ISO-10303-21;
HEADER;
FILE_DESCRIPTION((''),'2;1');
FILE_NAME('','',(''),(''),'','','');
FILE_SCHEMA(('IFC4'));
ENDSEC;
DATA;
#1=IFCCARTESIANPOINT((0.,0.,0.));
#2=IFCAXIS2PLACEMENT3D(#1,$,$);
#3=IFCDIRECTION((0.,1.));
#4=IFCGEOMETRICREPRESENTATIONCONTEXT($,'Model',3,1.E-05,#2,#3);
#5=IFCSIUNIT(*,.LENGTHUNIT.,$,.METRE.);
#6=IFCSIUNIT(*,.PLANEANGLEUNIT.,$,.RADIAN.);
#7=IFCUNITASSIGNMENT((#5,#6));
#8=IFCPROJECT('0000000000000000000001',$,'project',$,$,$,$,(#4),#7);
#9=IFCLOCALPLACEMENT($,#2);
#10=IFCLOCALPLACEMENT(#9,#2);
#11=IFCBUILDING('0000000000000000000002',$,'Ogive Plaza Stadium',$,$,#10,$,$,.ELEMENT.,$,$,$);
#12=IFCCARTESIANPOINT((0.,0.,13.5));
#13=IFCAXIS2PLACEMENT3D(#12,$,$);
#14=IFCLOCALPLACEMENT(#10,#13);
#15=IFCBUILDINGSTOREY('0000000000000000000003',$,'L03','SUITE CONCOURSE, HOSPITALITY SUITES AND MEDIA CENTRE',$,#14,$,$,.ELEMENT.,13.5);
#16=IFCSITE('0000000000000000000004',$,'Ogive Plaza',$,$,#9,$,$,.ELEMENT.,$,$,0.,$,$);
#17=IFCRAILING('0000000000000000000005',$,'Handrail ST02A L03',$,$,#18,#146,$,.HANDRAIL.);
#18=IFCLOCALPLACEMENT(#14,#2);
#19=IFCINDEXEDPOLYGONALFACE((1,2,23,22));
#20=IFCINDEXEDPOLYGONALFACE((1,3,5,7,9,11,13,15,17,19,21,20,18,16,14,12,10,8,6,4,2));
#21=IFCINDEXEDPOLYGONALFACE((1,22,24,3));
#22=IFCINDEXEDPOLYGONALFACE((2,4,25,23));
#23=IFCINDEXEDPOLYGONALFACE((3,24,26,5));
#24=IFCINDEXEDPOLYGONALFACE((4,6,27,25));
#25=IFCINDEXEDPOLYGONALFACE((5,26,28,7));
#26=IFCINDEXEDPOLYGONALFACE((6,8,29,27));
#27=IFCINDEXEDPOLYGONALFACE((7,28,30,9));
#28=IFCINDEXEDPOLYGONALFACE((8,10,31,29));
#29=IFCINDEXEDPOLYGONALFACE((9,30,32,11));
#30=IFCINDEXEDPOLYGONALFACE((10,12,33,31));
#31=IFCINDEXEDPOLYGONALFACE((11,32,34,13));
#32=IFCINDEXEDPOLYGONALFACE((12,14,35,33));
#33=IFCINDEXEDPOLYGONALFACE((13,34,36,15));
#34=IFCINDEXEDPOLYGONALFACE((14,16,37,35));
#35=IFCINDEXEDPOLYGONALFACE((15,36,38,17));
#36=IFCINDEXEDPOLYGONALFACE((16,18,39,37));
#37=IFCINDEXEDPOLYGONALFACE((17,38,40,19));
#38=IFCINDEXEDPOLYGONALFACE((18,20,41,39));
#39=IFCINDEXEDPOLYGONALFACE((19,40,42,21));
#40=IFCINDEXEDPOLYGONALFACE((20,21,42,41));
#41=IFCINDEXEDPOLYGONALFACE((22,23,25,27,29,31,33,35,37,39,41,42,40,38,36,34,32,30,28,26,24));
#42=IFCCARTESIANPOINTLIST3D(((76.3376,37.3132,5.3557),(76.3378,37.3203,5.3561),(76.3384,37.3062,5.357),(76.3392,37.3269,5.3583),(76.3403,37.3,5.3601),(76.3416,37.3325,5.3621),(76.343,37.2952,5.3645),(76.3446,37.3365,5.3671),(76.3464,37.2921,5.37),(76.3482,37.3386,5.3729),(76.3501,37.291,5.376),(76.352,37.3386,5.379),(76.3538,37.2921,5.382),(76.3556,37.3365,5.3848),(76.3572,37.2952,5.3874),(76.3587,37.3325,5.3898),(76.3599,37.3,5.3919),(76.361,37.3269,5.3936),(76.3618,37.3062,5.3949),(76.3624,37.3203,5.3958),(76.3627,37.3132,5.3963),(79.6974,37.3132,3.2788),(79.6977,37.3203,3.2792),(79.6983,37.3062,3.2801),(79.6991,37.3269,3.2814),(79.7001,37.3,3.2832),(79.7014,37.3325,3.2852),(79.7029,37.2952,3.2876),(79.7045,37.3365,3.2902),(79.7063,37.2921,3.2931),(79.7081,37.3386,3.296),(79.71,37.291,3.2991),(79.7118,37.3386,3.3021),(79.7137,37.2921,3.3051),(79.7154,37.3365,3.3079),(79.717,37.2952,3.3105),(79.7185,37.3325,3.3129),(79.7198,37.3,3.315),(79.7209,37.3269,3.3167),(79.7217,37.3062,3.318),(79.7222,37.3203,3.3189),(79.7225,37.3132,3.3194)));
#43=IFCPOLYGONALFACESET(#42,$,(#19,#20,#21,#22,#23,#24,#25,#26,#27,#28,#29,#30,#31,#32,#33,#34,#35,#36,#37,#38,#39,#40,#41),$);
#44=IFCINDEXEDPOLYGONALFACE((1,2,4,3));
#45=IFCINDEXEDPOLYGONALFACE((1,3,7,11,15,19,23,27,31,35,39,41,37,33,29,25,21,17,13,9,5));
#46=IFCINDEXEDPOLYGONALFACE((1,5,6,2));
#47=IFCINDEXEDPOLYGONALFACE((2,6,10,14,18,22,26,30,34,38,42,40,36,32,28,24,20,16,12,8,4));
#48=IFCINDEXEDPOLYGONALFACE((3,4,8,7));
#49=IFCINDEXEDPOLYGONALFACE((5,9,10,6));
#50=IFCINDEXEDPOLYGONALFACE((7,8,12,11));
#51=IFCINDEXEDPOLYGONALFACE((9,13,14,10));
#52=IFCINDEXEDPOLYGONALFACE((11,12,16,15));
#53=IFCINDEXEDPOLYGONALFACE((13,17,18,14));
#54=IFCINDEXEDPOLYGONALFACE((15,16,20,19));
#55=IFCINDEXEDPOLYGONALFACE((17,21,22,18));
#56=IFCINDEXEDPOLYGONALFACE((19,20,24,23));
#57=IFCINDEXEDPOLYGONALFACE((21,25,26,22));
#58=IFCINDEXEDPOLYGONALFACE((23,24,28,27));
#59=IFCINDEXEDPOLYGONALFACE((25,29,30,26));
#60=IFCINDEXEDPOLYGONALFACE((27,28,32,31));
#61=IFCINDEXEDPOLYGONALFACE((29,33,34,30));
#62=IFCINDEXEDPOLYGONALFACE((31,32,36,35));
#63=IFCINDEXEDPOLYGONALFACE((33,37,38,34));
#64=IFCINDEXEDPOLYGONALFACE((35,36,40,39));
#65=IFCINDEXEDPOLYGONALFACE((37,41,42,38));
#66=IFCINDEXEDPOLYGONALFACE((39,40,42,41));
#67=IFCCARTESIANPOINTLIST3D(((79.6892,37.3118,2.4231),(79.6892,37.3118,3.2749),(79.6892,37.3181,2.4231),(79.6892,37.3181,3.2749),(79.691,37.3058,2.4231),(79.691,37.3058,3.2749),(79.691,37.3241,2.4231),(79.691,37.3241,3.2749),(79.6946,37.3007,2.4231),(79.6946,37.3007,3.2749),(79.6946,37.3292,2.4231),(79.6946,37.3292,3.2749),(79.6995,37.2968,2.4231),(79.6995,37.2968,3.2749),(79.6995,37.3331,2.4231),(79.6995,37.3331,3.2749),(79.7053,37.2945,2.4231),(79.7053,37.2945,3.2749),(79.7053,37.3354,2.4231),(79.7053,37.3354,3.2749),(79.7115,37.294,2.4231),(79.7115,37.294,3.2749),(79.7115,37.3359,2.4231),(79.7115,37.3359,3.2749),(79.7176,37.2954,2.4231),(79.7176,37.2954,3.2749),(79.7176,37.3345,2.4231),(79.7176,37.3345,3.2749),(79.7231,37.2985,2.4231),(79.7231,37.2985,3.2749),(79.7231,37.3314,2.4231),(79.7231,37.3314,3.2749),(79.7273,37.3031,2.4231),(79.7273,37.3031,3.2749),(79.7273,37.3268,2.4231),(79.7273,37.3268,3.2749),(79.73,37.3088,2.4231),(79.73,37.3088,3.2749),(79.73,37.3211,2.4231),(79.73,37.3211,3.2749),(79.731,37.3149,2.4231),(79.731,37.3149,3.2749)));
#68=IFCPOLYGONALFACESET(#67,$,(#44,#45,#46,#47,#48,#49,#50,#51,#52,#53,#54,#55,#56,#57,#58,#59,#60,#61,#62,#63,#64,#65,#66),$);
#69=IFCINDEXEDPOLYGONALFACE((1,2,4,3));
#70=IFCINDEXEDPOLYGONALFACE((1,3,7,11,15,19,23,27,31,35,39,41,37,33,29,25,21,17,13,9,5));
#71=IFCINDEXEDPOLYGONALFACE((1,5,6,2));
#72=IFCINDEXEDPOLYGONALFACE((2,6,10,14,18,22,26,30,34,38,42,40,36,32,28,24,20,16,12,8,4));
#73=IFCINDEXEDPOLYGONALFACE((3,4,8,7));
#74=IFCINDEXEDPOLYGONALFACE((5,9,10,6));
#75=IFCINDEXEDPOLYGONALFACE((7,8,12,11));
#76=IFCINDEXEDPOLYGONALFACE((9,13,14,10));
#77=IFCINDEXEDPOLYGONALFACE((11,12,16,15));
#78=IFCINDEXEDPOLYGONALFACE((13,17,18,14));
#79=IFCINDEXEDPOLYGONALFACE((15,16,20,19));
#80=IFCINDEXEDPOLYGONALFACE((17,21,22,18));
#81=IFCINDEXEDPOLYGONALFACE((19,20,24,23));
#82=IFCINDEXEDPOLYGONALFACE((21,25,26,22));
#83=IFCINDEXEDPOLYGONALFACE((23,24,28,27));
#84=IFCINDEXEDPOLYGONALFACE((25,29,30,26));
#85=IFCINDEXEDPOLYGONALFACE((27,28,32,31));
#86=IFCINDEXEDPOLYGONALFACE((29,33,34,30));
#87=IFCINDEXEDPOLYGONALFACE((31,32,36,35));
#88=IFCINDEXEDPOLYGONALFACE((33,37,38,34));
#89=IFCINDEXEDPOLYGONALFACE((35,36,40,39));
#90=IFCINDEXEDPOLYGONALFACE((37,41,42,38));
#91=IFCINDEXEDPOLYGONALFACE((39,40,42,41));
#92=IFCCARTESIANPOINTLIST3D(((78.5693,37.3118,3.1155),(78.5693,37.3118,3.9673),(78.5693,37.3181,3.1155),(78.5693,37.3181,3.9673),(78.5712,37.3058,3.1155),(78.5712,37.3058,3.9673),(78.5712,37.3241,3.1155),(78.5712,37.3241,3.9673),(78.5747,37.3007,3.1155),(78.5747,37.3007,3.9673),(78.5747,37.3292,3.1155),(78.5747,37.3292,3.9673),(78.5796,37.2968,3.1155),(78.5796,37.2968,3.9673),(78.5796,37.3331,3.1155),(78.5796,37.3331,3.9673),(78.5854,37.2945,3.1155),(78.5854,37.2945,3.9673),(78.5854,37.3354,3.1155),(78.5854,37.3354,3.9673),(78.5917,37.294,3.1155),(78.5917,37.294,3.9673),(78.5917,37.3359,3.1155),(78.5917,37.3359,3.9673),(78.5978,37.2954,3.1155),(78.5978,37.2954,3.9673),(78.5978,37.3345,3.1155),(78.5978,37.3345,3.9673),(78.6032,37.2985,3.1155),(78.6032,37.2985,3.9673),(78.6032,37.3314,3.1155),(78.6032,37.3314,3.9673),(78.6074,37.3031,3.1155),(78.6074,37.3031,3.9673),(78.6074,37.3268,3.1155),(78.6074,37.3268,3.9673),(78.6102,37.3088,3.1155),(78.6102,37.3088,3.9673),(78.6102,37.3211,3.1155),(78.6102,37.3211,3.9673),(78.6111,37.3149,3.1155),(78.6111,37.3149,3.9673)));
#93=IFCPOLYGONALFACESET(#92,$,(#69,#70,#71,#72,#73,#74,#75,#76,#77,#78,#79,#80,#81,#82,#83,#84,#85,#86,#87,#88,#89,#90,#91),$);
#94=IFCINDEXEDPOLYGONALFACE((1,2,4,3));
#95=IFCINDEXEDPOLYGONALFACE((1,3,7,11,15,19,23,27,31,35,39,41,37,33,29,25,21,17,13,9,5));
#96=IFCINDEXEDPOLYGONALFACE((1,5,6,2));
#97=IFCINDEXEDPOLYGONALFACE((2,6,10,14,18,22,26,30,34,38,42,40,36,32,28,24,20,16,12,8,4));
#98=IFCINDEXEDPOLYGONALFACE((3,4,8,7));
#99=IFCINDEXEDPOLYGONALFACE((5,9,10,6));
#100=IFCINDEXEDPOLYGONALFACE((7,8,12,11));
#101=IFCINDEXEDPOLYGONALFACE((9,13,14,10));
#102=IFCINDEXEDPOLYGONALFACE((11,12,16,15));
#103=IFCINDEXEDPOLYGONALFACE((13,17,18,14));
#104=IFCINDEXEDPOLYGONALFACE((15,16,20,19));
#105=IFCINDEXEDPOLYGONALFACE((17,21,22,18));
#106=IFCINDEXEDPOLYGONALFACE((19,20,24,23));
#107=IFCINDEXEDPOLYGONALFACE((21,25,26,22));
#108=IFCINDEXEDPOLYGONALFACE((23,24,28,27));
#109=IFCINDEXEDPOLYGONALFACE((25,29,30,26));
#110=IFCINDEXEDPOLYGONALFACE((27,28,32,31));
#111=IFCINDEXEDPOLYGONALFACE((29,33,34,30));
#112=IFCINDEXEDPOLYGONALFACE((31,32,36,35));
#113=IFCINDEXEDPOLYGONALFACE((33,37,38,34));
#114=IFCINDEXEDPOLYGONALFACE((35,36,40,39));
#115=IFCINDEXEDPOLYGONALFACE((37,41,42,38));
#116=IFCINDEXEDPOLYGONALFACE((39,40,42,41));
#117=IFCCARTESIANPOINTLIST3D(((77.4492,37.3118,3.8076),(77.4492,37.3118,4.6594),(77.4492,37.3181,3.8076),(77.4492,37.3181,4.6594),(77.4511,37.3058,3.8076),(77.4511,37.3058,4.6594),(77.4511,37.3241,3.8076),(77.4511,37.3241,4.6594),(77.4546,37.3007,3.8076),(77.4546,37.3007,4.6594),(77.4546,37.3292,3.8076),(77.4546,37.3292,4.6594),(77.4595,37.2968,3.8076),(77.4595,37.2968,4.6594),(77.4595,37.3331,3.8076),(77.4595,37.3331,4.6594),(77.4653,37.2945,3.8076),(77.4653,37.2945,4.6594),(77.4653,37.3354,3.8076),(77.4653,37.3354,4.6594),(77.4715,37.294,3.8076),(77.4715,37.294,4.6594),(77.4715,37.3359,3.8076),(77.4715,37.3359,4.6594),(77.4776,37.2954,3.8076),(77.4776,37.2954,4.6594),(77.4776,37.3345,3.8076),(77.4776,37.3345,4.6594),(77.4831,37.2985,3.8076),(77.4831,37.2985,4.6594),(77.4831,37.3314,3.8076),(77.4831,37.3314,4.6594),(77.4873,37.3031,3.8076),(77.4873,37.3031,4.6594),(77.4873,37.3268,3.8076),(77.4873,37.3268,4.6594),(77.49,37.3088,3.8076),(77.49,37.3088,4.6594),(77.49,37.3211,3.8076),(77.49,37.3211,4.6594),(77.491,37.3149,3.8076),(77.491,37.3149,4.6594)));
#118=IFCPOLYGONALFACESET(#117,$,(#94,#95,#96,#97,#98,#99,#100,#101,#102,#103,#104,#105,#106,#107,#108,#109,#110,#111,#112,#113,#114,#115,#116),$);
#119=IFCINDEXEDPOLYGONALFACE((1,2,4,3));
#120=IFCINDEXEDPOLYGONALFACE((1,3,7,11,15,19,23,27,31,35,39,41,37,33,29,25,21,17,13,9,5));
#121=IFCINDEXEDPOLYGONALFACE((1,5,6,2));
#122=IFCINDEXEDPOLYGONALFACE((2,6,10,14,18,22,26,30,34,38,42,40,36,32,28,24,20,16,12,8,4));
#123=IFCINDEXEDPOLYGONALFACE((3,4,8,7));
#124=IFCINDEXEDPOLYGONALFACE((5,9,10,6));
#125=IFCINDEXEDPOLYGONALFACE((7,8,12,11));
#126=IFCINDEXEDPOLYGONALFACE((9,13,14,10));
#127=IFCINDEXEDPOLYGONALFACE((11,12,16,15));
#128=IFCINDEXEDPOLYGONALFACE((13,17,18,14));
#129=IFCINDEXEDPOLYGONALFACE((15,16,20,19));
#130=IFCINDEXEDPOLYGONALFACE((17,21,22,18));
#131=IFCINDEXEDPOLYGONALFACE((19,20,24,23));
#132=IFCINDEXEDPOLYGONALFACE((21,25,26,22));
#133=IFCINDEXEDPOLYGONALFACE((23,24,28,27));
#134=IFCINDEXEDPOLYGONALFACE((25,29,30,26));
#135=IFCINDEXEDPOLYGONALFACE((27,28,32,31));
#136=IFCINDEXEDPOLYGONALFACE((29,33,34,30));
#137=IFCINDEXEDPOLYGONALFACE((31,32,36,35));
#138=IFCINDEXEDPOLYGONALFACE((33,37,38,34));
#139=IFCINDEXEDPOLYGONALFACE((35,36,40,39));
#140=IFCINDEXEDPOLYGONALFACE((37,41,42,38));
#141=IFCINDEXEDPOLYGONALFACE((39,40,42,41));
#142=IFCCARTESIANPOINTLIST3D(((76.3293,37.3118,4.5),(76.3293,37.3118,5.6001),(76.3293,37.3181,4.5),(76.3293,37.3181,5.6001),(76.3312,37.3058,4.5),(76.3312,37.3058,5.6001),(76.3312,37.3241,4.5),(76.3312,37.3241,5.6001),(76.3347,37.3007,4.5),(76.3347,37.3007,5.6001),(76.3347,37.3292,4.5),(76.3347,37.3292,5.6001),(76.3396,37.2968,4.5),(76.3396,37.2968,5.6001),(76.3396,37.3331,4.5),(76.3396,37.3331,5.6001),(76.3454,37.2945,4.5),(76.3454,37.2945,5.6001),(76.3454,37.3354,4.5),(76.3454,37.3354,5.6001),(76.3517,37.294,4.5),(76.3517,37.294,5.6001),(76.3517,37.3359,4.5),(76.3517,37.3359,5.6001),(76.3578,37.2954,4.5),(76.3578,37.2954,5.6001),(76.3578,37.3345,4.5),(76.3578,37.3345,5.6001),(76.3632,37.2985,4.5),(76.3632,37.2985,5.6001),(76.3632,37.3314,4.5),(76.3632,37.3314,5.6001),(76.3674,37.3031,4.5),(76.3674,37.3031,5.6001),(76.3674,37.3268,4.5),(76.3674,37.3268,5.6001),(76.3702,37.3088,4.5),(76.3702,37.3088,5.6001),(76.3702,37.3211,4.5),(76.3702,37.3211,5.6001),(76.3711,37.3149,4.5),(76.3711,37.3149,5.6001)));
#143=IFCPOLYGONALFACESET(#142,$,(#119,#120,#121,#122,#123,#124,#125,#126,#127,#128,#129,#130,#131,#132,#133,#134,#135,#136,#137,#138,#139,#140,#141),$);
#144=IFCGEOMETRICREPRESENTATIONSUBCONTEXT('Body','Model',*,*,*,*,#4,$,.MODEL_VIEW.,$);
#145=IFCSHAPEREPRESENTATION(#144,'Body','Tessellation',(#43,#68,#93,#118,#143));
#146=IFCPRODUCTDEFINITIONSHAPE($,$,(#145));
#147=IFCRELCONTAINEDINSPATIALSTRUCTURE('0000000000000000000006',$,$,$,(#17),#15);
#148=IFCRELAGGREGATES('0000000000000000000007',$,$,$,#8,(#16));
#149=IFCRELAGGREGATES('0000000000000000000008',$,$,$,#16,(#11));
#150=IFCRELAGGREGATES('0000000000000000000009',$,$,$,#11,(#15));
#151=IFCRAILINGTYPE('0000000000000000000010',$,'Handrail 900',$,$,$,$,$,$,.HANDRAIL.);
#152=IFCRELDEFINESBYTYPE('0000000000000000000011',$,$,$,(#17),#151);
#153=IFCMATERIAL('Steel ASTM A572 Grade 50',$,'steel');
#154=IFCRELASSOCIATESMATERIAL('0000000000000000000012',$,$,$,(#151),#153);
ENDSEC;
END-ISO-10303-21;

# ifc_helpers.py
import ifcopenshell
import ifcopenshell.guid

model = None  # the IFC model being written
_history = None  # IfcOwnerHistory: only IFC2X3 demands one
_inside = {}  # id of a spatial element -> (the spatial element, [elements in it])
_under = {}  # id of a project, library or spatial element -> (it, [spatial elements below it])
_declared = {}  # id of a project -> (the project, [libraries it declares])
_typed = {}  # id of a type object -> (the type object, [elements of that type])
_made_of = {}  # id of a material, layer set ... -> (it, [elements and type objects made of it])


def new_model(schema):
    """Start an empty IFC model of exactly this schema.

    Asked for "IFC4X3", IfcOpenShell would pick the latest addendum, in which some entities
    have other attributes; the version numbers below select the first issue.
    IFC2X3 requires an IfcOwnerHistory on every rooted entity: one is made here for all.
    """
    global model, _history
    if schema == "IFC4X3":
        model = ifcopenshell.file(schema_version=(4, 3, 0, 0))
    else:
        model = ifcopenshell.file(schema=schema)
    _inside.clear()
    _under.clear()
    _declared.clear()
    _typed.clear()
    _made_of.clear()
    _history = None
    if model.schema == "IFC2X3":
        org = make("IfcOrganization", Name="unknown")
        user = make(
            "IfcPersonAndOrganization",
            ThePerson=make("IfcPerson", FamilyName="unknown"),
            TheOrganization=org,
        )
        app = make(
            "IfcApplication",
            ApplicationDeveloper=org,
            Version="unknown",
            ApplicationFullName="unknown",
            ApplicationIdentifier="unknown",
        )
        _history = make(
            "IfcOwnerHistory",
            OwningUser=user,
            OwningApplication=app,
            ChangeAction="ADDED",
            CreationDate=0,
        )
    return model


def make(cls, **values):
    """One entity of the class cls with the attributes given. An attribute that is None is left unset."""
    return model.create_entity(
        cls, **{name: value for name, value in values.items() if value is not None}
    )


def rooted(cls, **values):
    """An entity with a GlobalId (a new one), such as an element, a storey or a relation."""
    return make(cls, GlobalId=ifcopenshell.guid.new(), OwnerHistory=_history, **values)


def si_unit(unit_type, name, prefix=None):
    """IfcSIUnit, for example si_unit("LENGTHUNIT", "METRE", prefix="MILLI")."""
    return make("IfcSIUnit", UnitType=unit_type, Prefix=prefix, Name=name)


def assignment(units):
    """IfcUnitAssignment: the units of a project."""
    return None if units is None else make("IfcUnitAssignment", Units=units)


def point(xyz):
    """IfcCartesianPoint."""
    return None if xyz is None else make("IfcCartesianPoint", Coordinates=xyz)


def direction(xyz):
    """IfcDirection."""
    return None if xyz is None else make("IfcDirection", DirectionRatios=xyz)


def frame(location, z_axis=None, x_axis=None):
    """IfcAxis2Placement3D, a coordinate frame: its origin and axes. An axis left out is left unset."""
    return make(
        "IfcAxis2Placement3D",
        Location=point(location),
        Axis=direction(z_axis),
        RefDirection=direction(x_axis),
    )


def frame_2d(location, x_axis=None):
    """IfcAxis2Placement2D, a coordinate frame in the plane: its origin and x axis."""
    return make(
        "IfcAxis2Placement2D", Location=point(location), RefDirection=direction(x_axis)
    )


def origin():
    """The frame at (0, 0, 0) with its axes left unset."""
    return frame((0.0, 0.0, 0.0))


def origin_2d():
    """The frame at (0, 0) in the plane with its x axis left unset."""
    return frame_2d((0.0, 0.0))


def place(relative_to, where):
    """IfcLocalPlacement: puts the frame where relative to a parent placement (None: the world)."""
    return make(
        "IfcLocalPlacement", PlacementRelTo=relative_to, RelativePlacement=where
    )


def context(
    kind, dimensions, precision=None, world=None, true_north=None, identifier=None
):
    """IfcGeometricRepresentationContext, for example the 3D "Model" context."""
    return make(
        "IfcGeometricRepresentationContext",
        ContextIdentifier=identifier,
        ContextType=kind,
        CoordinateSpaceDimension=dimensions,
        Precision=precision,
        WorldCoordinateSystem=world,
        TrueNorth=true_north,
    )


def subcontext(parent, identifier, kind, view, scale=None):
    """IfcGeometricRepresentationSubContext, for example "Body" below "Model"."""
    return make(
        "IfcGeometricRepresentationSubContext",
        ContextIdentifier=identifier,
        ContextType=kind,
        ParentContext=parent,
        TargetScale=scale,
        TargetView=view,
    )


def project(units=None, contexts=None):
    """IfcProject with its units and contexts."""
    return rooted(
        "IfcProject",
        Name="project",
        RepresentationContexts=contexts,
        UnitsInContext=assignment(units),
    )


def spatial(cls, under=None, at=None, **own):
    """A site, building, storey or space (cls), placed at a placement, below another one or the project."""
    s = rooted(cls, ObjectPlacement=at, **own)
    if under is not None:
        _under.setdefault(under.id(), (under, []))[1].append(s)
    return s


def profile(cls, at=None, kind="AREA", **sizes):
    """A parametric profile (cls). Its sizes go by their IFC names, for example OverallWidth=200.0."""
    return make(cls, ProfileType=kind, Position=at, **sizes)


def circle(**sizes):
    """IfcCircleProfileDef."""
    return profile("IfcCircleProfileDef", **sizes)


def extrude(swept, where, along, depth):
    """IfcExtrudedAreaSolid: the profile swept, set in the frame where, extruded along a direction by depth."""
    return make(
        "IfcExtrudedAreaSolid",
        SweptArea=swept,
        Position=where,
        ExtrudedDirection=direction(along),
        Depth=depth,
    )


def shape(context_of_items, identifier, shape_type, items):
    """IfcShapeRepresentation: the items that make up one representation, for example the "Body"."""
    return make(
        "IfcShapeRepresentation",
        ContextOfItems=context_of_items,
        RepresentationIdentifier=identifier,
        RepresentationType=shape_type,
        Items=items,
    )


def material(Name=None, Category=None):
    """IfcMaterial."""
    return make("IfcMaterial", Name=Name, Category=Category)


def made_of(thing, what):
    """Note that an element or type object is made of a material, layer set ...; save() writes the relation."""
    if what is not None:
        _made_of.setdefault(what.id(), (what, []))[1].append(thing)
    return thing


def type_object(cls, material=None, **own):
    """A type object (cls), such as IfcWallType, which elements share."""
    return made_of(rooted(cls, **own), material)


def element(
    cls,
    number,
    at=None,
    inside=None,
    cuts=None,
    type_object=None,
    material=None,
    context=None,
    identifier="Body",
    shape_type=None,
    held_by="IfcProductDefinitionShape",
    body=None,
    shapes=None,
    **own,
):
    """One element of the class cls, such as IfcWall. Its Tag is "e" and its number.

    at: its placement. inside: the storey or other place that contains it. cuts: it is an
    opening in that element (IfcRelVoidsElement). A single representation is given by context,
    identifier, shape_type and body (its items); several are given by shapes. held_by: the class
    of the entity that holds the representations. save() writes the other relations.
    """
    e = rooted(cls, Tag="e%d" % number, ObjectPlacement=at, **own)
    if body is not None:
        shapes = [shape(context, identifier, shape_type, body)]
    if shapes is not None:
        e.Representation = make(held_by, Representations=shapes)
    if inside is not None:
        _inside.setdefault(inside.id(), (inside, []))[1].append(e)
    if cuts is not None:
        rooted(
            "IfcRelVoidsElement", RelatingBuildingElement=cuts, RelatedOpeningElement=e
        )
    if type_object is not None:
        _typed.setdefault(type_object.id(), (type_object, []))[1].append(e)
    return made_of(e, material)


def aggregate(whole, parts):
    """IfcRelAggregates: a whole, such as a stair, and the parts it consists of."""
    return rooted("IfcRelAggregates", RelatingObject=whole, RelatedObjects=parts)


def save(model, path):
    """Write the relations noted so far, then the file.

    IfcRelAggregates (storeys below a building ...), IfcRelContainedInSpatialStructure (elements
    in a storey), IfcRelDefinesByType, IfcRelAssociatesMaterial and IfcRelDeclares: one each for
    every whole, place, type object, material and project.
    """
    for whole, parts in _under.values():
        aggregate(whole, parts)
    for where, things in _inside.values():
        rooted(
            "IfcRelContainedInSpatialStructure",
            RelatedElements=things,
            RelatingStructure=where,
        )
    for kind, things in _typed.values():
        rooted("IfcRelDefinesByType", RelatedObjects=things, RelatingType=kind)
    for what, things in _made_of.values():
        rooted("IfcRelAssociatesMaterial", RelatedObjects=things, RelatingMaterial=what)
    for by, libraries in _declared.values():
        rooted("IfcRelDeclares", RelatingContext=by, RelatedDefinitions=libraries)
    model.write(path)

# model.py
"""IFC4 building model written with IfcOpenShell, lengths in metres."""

from ifc_helpers import new_model, si_unit, direction, frame, origin, origin_2d, place, context, subcontext, project, spatial, circle, extrude, material, type_object, element, save


model = new_model("IFC4")

# Units and contexts
model_context = context("Model", 3, precision=1e-05, world=origin(), true_north=direction((0.0, 1.0)))
body_context = subcontext(model_context, "Body", "Model", "MODEL_VIEW")
ifc_project = project(units=[si_unit("LENGTHUNIT", "METRE"), si_unit("PLANEANGLEUNIT", "RADIAN")], contexts=[model_context])

# Site, building, storey
site_placement = place(None, origin())
site = spatial("IfcSite", under=ifc_project, at=site_placement, Name="Ogive Plaza", CompositionType="ELEMENT", RefElevation=0.0)
building_placement = place(site_placement, origin())
building = spatial("IfcBuilding", under=site, at=building_placement, Name="Ogive Plaza Stadium", CompositionType="ELEMENT")
storey_placement = place(building_placement, frame((0.0, 0.0, 13.5)))
storey = spatial("IfcBuildingStorey", under=building, at=storey_placement, Name="L03", Description="SUITE CONCOURSE, HOSPITALITY SUITES AND MEDIA CENTRE", CompositionType="ELEMENT", Elevation=13.5)

# Railing
ifc_material_1 = material(Name="Steel ASTM A572 Grade 50", Category="steel")
railing_type_1 = type_object("IfcRailingType", Name="Handrail 900", PredefinedType="HANDRAIL", material=ifc_material_1)
for number, where, name in (
    (1, (79.71, 37.3149, 2.4231), "Handrail ST02A L03"),
):
    element("IfcRailing", number, at=place(storey_placement, frame(where)), inside=storey, type_object=railing_type_1, Name=name, PredefinedType="HANDRAIL", context=body_context, shape_type="SweptSolid", body=[
        extrude(circle(Radius=0.0239, at=origin_2d()), frame((0.0, 0.0, 0.876), z_axis=(-0.850606, 0.0, 0.525803), x_axis=(0.0, -1.0, 0.0)), (0.0, 0.0, 1.0), 3.95),
        extrude(circle(Radius=0.021, at=origin_2d()), origin(), (0.0, 0.0, 1.0), 0.8518),
        extrude(circle(Radius=0.021, at=origin_2d()), frame((-1.1199, 0.0, 0.6924)), (0.0, 0.0, 1.0), 0.8518),
        extrude(circle(Radius=0.021, at=origin_2d()), frame((-2.24, 0.0, 1.3845)), (0.0, 0.0, 1.0), 0.8518),
        extrude(circle(Radius=0.021, at=origin_2d()), frame((-3.3599, 0.0, 2.0769)), (0.0, 0.0, 1.0), 1.1001),
    ])

save(model, "model.ifc")
